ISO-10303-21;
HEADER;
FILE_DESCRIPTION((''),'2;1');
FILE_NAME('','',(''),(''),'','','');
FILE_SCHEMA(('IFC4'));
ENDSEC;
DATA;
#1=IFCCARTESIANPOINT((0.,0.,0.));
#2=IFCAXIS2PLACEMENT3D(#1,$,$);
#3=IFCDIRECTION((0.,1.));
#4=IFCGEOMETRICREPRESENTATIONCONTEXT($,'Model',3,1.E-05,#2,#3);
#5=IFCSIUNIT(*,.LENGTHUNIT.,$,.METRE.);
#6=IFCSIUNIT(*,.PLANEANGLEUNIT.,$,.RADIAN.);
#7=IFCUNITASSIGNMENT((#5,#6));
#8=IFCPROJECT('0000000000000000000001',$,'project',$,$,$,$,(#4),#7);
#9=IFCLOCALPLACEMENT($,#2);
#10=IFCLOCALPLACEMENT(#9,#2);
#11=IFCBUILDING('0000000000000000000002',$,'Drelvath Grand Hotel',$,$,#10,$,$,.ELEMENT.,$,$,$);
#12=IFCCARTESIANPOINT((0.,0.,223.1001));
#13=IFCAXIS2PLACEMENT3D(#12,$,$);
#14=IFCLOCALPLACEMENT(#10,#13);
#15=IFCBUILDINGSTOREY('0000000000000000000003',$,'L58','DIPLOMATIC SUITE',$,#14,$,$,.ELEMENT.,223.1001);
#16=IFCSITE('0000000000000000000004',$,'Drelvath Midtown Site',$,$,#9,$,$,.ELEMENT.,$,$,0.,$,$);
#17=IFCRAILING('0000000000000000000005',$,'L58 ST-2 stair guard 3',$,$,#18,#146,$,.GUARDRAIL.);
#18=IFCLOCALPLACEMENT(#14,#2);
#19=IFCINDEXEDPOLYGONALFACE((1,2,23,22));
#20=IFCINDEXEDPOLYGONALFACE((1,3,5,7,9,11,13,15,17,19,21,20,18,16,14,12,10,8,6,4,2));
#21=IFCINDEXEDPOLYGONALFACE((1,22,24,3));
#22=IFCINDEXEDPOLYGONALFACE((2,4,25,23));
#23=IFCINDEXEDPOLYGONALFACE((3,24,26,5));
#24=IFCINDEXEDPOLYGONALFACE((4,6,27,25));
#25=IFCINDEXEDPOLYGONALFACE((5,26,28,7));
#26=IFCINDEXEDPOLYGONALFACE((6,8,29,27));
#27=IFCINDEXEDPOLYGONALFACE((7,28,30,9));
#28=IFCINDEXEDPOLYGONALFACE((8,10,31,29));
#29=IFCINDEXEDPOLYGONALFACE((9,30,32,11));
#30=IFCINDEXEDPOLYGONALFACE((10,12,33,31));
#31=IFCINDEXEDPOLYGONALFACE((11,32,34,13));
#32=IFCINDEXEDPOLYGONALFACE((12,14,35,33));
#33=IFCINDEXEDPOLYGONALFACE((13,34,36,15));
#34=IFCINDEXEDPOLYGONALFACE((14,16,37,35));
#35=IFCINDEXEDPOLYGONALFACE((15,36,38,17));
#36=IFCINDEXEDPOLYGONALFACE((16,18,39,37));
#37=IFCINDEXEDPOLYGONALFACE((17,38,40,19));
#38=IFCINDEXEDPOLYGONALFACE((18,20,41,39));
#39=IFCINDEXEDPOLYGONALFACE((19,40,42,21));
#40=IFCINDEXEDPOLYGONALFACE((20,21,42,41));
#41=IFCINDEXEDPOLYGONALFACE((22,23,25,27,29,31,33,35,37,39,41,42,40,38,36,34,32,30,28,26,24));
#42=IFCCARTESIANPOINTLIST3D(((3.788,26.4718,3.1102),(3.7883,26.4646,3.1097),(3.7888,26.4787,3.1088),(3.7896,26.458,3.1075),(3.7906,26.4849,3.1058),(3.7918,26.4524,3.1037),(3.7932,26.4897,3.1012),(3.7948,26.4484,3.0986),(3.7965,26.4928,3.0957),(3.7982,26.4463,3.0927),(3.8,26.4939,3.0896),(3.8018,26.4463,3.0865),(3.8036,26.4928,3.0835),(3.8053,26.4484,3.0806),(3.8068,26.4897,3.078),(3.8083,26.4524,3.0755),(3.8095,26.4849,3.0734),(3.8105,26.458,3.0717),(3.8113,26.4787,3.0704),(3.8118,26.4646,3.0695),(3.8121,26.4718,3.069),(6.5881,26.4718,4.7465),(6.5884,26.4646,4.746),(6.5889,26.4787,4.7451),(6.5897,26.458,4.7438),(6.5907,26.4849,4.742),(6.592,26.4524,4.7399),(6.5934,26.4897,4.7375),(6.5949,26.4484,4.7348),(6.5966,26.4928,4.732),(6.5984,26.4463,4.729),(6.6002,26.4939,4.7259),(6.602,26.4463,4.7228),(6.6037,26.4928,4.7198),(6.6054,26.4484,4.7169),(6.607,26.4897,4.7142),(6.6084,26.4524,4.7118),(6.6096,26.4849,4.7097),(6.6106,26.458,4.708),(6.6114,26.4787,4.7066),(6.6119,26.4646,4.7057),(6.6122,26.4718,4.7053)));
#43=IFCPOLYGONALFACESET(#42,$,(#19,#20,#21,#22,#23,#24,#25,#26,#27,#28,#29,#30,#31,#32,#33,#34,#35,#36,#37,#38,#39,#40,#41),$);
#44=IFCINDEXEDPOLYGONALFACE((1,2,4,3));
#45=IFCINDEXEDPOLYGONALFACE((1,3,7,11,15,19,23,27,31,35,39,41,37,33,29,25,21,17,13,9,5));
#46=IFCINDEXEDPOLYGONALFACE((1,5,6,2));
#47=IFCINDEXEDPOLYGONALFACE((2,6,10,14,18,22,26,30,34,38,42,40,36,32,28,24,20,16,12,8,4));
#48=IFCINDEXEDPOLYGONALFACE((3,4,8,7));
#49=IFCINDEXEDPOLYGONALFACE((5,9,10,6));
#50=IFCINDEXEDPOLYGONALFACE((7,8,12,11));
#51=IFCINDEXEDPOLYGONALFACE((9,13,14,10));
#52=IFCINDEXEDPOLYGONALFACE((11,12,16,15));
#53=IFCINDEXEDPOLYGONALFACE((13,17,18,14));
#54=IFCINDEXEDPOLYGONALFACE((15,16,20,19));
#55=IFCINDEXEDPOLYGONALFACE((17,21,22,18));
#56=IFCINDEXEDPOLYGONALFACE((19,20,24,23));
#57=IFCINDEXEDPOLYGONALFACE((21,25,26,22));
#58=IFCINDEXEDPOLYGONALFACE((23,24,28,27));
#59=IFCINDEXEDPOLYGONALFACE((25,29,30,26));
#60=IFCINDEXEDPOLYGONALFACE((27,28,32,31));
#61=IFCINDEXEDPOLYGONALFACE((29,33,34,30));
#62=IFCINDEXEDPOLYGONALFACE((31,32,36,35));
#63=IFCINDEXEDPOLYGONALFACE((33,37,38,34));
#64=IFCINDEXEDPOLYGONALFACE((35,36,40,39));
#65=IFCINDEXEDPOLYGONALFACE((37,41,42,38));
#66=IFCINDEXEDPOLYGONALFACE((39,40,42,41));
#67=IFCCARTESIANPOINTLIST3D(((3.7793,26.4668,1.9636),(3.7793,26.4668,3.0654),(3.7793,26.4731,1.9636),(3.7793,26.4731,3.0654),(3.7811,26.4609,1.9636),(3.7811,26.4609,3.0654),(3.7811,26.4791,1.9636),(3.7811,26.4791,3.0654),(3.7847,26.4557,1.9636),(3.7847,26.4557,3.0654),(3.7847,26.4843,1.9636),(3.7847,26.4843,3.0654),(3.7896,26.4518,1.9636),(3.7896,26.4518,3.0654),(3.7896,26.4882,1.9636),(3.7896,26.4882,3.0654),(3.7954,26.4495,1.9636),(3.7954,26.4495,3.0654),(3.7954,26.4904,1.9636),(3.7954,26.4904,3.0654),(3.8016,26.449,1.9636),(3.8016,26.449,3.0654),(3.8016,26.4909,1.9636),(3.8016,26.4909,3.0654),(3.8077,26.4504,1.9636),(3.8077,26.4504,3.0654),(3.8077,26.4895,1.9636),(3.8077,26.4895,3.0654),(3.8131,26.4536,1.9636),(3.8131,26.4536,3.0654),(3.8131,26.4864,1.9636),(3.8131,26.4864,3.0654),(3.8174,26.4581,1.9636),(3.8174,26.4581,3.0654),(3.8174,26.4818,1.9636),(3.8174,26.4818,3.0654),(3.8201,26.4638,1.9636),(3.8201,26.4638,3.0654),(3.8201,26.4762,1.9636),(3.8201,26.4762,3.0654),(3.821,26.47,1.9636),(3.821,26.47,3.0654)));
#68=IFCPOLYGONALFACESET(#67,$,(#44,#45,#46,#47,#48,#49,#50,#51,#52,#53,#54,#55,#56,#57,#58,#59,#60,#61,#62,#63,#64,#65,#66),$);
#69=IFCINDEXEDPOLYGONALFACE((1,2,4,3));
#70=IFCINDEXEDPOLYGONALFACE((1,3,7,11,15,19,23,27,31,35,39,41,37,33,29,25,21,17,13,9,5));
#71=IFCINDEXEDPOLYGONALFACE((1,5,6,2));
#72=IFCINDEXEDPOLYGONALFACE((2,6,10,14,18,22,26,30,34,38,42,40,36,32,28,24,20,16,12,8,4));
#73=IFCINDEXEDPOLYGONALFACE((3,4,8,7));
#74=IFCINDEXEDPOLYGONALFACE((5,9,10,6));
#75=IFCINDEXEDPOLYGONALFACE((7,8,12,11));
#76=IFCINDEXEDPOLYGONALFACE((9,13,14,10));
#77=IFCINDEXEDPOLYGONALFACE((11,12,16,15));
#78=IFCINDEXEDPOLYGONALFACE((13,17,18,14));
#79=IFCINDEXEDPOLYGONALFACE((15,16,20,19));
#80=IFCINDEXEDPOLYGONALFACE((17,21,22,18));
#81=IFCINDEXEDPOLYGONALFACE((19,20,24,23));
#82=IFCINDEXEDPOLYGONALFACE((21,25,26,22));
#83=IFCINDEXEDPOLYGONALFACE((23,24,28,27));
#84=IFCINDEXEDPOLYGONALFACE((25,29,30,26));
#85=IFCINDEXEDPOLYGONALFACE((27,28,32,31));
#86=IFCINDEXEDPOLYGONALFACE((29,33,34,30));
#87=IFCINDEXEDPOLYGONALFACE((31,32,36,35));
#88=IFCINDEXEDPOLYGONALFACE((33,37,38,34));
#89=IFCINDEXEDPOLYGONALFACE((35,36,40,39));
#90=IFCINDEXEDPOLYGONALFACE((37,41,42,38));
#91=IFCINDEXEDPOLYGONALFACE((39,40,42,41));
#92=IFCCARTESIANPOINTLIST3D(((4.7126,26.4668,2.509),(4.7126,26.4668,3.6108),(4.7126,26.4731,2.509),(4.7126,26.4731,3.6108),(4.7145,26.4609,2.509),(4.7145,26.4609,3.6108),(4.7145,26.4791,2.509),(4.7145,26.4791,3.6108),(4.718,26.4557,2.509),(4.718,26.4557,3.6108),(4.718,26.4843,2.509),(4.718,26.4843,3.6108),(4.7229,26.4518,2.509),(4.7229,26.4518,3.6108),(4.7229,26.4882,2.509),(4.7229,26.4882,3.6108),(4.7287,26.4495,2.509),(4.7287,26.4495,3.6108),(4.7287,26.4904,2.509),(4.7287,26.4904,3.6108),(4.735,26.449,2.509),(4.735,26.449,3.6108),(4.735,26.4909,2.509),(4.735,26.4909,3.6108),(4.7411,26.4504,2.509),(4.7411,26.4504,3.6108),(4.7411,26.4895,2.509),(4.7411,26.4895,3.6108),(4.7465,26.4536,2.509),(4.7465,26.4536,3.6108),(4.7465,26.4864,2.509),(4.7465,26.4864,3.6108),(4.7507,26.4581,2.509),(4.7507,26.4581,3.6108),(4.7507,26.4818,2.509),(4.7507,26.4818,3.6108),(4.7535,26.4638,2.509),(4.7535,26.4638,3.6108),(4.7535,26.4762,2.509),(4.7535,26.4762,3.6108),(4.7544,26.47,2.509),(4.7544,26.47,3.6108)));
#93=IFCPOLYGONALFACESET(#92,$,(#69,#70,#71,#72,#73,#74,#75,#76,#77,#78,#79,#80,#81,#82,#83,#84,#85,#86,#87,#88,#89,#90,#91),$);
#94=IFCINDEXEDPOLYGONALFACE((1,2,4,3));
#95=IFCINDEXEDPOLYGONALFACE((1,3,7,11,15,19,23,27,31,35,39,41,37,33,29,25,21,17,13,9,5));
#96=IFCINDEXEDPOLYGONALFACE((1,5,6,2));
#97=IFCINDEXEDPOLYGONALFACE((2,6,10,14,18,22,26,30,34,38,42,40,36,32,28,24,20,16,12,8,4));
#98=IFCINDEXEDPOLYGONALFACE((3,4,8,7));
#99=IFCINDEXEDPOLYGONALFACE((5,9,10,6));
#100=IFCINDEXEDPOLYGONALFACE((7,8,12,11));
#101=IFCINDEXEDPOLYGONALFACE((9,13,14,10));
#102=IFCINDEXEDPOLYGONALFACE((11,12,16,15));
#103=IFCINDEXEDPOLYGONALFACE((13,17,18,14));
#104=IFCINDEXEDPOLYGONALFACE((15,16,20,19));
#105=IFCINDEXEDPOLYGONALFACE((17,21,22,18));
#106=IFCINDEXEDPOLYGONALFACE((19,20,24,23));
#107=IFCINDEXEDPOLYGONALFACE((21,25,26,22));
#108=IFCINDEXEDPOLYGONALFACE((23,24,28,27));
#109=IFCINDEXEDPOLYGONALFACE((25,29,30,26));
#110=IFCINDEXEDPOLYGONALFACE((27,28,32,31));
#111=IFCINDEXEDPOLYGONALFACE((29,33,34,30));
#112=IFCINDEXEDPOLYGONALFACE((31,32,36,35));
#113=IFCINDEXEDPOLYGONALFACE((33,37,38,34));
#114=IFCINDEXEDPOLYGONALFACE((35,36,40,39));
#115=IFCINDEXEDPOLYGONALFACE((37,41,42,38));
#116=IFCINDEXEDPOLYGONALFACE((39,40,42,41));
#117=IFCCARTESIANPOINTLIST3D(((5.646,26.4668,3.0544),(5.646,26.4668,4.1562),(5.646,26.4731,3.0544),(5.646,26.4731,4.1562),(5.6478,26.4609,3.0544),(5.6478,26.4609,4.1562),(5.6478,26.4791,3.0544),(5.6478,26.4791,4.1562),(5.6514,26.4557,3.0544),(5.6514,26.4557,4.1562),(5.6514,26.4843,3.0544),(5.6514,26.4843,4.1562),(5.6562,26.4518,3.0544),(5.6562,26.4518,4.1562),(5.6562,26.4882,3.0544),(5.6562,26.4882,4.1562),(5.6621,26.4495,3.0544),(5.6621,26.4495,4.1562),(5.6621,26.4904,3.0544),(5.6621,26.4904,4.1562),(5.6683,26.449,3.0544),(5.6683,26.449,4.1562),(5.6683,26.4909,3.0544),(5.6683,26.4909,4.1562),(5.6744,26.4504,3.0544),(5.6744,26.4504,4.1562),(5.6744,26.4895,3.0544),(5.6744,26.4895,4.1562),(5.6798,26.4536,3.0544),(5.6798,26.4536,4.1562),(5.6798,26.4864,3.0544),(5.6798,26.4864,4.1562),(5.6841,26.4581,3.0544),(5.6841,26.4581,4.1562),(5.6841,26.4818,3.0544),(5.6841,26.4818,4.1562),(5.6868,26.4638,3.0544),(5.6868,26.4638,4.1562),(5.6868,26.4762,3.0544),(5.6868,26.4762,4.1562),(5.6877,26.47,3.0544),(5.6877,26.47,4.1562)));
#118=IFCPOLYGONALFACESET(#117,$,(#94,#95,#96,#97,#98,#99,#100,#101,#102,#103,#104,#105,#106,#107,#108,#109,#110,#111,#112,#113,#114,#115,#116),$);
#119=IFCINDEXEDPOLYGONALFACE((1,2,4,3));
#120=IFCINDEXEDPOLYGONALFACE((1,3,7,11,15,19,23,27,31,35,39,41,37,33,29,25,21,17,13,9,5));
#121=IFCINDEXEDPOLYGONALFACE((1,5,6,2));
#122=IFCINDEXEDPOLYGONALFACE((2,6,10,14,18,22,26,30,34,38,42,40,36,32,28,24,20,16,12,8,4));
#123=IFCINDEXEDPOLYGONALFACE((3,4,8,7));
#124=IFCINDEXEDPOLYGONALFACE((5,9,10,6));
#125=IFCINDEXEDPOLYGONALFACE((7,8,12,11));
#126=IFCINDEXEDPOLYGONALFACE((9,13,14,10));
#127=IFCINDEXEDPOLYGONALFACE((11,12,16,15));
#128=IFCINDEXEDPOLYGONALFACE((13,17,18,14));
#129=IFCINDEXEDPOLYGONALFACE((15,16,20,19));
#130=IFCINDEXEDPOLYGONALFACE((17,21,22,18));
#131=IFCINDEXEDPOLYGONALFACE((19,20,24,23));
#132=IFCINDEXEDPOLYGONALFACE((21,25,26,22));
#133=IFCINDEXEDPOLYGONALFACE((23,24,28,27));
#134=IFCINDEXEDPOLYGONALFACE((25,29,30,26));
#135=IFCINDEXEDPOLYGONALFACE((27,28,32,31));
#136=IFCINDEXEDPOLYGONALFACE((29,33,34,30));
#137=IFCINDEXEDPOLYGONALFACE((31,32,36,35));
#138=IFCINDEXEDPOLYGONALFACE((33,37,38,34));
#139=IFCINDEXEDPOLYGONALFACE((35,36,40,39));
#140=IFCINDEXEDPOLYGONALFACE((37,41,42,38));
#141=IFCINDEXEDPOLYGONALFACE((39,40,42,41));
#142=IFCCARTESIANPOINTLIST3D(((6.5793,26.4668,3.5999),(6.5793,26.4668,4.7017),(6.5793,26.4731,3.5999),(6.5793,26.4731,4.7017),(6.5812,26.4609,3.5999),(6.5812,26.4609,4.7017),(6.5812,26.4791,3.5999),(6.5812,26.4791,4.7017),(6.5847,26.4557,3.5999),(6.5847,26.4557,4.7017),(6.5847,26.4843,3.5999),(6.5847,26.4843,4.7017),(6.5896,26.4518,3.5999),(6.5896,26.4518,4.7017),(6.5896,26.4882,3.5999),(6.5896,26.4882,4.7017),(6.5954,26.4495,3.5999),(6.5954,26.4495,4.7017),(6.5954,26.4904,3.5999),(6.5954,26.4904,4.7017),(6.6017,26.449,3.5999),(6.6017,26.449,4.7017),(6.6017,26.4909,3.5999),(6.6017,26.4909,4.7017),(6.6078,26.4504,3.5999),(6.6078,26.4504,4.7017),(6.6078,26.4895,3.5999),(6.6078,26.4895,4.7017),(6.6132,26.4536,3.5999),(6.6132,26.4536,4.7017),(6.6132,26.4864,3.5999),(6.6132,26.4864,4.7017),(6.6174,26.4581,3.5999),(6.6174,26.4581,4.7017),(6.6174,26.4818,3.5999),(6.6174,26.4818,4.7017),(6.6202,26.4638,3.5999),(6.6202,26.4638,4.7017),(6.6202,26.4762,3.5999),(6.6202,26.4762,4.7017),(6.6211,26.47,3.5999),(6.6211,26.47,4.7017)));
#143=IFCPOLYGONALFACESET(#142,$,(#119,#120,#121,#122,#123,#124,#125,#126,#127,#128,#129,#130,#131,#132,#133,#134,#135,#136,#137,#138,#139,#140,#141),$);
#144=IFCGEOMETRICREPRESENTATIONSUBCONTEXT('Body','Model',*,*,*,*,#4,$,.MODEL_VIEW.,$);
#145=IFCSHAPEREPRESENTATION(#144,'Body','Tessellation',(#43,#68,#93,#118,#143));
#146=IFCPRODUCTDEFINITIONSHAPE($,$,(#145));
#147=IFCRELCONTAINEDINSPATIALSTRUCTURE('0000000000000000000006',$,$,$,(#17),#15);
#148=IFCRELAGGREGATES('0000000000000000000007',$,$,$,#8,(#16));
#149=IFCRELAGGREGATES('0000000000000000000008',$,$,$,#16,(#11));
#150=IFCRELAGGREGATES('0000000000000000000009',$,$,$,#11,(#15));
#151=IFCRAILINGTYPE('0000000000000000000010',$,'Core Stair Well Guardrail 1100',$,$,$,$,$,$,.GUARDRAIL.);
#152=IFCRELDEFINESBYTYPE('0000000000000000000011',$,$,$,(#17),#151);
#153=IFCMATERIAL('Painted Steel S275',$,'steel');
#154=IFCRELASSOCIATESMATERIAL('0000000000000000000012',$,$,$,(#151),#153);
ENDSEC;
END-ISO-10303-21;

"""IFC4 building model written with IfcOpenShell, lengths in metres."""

from ifc_helpers import new_model, si_unit, direction, frame, origin, origin_2d, place, context, subcontext, project, spatial, circle, extrude, material, type_object, element, save


model = new_model("IFC4")

# Units and contexts
model_context = context("Model", 3, precision=1e-05, world=origin(), true_north=direction((0.0, 1.0)))
body_context = subcontext(model_context, "Body", "Model", "MODEL_VIEW")
ifc_project = project(units=[si_unit("LENGTHUNIT", "METRE"), si_unit("PLANEANGLEUNIT", "RADIAN")], contexts=[model_context])

# Site, building, storey
site_placement = place(None, origin())
site = spatial("IfcSite", under=ifc_project, at=site_placement, Name="Drelvath Midtown Site", CompositionType="ELEMENT", RefElevation=0.0)
building_placement = place(site_placement, origin())
building = spatial("IfcBuilding", under=site, at=building_placement, Name="Drelvath Grand Hotel", CompositionType="ELEMENT")
storey_placement = place(building_placement, frame((0.0, 0.0, 223.1001)))
storey = spatial("IfcBuildingStorey", under=building, at=storey_placement, Name="L58", Description="DIPLOMATIC SUITE", CompositionType="ELEMENT", Elevation=223.1001)

# Railing
ifc_material_1 = material(Name="Painted Steel S275", Category="steel")
railing_type_1 = type_object("IfcRailingType", Name="Core Stair Well Guardrail 1100", PredefinedType="GUARDRAIL", material=ifc_material_1)
railing_1_placement = place(storey_placement, frame((3.8, 26.47, 1.9636)))
element("IfcRailing", 1, at=railing_1_placement, inside=storey, type_object=railing_type_1, Name="L58 ST-2 stair guard 3", PredefinedType="GUARDRAIL", context=body_context, shape_type="SweptSolid", body=[
    extrude(circle(Radius=0.0239, at=origin_2d()), frame((0.0, 0.0, 1.126), z_axis=(0.863394, 0.0, 0.504531), x_axis=(0.0, 1.0, 0.0)), (0.0, 0.0, 1.0), 3.2432),
    extrude(circle(Radius=0.021, at=origin_2d()), origin(), (0.0, 0.0, 1.0), 1.1018),
    extrude(circle(Radius=0.021, at=origin_2d()), frame((0.9333, 0.0, 0.5454)), (0.0, 0.0, 1.0), 1.1018),
    extrude(circle(Radius=0.021, at=origin_2d()), frame((1.8667, 0.0, 1.0908)), (0.0, 0.0, 1.0), 1.1018),
    extrude(circle(Radius=0.021, at=origin_2d()), frame((2.8, 0.0, 1.6362)), (0.0, 0.0, 1.0), 1.1018),
])

save(model, "model.ifc")
